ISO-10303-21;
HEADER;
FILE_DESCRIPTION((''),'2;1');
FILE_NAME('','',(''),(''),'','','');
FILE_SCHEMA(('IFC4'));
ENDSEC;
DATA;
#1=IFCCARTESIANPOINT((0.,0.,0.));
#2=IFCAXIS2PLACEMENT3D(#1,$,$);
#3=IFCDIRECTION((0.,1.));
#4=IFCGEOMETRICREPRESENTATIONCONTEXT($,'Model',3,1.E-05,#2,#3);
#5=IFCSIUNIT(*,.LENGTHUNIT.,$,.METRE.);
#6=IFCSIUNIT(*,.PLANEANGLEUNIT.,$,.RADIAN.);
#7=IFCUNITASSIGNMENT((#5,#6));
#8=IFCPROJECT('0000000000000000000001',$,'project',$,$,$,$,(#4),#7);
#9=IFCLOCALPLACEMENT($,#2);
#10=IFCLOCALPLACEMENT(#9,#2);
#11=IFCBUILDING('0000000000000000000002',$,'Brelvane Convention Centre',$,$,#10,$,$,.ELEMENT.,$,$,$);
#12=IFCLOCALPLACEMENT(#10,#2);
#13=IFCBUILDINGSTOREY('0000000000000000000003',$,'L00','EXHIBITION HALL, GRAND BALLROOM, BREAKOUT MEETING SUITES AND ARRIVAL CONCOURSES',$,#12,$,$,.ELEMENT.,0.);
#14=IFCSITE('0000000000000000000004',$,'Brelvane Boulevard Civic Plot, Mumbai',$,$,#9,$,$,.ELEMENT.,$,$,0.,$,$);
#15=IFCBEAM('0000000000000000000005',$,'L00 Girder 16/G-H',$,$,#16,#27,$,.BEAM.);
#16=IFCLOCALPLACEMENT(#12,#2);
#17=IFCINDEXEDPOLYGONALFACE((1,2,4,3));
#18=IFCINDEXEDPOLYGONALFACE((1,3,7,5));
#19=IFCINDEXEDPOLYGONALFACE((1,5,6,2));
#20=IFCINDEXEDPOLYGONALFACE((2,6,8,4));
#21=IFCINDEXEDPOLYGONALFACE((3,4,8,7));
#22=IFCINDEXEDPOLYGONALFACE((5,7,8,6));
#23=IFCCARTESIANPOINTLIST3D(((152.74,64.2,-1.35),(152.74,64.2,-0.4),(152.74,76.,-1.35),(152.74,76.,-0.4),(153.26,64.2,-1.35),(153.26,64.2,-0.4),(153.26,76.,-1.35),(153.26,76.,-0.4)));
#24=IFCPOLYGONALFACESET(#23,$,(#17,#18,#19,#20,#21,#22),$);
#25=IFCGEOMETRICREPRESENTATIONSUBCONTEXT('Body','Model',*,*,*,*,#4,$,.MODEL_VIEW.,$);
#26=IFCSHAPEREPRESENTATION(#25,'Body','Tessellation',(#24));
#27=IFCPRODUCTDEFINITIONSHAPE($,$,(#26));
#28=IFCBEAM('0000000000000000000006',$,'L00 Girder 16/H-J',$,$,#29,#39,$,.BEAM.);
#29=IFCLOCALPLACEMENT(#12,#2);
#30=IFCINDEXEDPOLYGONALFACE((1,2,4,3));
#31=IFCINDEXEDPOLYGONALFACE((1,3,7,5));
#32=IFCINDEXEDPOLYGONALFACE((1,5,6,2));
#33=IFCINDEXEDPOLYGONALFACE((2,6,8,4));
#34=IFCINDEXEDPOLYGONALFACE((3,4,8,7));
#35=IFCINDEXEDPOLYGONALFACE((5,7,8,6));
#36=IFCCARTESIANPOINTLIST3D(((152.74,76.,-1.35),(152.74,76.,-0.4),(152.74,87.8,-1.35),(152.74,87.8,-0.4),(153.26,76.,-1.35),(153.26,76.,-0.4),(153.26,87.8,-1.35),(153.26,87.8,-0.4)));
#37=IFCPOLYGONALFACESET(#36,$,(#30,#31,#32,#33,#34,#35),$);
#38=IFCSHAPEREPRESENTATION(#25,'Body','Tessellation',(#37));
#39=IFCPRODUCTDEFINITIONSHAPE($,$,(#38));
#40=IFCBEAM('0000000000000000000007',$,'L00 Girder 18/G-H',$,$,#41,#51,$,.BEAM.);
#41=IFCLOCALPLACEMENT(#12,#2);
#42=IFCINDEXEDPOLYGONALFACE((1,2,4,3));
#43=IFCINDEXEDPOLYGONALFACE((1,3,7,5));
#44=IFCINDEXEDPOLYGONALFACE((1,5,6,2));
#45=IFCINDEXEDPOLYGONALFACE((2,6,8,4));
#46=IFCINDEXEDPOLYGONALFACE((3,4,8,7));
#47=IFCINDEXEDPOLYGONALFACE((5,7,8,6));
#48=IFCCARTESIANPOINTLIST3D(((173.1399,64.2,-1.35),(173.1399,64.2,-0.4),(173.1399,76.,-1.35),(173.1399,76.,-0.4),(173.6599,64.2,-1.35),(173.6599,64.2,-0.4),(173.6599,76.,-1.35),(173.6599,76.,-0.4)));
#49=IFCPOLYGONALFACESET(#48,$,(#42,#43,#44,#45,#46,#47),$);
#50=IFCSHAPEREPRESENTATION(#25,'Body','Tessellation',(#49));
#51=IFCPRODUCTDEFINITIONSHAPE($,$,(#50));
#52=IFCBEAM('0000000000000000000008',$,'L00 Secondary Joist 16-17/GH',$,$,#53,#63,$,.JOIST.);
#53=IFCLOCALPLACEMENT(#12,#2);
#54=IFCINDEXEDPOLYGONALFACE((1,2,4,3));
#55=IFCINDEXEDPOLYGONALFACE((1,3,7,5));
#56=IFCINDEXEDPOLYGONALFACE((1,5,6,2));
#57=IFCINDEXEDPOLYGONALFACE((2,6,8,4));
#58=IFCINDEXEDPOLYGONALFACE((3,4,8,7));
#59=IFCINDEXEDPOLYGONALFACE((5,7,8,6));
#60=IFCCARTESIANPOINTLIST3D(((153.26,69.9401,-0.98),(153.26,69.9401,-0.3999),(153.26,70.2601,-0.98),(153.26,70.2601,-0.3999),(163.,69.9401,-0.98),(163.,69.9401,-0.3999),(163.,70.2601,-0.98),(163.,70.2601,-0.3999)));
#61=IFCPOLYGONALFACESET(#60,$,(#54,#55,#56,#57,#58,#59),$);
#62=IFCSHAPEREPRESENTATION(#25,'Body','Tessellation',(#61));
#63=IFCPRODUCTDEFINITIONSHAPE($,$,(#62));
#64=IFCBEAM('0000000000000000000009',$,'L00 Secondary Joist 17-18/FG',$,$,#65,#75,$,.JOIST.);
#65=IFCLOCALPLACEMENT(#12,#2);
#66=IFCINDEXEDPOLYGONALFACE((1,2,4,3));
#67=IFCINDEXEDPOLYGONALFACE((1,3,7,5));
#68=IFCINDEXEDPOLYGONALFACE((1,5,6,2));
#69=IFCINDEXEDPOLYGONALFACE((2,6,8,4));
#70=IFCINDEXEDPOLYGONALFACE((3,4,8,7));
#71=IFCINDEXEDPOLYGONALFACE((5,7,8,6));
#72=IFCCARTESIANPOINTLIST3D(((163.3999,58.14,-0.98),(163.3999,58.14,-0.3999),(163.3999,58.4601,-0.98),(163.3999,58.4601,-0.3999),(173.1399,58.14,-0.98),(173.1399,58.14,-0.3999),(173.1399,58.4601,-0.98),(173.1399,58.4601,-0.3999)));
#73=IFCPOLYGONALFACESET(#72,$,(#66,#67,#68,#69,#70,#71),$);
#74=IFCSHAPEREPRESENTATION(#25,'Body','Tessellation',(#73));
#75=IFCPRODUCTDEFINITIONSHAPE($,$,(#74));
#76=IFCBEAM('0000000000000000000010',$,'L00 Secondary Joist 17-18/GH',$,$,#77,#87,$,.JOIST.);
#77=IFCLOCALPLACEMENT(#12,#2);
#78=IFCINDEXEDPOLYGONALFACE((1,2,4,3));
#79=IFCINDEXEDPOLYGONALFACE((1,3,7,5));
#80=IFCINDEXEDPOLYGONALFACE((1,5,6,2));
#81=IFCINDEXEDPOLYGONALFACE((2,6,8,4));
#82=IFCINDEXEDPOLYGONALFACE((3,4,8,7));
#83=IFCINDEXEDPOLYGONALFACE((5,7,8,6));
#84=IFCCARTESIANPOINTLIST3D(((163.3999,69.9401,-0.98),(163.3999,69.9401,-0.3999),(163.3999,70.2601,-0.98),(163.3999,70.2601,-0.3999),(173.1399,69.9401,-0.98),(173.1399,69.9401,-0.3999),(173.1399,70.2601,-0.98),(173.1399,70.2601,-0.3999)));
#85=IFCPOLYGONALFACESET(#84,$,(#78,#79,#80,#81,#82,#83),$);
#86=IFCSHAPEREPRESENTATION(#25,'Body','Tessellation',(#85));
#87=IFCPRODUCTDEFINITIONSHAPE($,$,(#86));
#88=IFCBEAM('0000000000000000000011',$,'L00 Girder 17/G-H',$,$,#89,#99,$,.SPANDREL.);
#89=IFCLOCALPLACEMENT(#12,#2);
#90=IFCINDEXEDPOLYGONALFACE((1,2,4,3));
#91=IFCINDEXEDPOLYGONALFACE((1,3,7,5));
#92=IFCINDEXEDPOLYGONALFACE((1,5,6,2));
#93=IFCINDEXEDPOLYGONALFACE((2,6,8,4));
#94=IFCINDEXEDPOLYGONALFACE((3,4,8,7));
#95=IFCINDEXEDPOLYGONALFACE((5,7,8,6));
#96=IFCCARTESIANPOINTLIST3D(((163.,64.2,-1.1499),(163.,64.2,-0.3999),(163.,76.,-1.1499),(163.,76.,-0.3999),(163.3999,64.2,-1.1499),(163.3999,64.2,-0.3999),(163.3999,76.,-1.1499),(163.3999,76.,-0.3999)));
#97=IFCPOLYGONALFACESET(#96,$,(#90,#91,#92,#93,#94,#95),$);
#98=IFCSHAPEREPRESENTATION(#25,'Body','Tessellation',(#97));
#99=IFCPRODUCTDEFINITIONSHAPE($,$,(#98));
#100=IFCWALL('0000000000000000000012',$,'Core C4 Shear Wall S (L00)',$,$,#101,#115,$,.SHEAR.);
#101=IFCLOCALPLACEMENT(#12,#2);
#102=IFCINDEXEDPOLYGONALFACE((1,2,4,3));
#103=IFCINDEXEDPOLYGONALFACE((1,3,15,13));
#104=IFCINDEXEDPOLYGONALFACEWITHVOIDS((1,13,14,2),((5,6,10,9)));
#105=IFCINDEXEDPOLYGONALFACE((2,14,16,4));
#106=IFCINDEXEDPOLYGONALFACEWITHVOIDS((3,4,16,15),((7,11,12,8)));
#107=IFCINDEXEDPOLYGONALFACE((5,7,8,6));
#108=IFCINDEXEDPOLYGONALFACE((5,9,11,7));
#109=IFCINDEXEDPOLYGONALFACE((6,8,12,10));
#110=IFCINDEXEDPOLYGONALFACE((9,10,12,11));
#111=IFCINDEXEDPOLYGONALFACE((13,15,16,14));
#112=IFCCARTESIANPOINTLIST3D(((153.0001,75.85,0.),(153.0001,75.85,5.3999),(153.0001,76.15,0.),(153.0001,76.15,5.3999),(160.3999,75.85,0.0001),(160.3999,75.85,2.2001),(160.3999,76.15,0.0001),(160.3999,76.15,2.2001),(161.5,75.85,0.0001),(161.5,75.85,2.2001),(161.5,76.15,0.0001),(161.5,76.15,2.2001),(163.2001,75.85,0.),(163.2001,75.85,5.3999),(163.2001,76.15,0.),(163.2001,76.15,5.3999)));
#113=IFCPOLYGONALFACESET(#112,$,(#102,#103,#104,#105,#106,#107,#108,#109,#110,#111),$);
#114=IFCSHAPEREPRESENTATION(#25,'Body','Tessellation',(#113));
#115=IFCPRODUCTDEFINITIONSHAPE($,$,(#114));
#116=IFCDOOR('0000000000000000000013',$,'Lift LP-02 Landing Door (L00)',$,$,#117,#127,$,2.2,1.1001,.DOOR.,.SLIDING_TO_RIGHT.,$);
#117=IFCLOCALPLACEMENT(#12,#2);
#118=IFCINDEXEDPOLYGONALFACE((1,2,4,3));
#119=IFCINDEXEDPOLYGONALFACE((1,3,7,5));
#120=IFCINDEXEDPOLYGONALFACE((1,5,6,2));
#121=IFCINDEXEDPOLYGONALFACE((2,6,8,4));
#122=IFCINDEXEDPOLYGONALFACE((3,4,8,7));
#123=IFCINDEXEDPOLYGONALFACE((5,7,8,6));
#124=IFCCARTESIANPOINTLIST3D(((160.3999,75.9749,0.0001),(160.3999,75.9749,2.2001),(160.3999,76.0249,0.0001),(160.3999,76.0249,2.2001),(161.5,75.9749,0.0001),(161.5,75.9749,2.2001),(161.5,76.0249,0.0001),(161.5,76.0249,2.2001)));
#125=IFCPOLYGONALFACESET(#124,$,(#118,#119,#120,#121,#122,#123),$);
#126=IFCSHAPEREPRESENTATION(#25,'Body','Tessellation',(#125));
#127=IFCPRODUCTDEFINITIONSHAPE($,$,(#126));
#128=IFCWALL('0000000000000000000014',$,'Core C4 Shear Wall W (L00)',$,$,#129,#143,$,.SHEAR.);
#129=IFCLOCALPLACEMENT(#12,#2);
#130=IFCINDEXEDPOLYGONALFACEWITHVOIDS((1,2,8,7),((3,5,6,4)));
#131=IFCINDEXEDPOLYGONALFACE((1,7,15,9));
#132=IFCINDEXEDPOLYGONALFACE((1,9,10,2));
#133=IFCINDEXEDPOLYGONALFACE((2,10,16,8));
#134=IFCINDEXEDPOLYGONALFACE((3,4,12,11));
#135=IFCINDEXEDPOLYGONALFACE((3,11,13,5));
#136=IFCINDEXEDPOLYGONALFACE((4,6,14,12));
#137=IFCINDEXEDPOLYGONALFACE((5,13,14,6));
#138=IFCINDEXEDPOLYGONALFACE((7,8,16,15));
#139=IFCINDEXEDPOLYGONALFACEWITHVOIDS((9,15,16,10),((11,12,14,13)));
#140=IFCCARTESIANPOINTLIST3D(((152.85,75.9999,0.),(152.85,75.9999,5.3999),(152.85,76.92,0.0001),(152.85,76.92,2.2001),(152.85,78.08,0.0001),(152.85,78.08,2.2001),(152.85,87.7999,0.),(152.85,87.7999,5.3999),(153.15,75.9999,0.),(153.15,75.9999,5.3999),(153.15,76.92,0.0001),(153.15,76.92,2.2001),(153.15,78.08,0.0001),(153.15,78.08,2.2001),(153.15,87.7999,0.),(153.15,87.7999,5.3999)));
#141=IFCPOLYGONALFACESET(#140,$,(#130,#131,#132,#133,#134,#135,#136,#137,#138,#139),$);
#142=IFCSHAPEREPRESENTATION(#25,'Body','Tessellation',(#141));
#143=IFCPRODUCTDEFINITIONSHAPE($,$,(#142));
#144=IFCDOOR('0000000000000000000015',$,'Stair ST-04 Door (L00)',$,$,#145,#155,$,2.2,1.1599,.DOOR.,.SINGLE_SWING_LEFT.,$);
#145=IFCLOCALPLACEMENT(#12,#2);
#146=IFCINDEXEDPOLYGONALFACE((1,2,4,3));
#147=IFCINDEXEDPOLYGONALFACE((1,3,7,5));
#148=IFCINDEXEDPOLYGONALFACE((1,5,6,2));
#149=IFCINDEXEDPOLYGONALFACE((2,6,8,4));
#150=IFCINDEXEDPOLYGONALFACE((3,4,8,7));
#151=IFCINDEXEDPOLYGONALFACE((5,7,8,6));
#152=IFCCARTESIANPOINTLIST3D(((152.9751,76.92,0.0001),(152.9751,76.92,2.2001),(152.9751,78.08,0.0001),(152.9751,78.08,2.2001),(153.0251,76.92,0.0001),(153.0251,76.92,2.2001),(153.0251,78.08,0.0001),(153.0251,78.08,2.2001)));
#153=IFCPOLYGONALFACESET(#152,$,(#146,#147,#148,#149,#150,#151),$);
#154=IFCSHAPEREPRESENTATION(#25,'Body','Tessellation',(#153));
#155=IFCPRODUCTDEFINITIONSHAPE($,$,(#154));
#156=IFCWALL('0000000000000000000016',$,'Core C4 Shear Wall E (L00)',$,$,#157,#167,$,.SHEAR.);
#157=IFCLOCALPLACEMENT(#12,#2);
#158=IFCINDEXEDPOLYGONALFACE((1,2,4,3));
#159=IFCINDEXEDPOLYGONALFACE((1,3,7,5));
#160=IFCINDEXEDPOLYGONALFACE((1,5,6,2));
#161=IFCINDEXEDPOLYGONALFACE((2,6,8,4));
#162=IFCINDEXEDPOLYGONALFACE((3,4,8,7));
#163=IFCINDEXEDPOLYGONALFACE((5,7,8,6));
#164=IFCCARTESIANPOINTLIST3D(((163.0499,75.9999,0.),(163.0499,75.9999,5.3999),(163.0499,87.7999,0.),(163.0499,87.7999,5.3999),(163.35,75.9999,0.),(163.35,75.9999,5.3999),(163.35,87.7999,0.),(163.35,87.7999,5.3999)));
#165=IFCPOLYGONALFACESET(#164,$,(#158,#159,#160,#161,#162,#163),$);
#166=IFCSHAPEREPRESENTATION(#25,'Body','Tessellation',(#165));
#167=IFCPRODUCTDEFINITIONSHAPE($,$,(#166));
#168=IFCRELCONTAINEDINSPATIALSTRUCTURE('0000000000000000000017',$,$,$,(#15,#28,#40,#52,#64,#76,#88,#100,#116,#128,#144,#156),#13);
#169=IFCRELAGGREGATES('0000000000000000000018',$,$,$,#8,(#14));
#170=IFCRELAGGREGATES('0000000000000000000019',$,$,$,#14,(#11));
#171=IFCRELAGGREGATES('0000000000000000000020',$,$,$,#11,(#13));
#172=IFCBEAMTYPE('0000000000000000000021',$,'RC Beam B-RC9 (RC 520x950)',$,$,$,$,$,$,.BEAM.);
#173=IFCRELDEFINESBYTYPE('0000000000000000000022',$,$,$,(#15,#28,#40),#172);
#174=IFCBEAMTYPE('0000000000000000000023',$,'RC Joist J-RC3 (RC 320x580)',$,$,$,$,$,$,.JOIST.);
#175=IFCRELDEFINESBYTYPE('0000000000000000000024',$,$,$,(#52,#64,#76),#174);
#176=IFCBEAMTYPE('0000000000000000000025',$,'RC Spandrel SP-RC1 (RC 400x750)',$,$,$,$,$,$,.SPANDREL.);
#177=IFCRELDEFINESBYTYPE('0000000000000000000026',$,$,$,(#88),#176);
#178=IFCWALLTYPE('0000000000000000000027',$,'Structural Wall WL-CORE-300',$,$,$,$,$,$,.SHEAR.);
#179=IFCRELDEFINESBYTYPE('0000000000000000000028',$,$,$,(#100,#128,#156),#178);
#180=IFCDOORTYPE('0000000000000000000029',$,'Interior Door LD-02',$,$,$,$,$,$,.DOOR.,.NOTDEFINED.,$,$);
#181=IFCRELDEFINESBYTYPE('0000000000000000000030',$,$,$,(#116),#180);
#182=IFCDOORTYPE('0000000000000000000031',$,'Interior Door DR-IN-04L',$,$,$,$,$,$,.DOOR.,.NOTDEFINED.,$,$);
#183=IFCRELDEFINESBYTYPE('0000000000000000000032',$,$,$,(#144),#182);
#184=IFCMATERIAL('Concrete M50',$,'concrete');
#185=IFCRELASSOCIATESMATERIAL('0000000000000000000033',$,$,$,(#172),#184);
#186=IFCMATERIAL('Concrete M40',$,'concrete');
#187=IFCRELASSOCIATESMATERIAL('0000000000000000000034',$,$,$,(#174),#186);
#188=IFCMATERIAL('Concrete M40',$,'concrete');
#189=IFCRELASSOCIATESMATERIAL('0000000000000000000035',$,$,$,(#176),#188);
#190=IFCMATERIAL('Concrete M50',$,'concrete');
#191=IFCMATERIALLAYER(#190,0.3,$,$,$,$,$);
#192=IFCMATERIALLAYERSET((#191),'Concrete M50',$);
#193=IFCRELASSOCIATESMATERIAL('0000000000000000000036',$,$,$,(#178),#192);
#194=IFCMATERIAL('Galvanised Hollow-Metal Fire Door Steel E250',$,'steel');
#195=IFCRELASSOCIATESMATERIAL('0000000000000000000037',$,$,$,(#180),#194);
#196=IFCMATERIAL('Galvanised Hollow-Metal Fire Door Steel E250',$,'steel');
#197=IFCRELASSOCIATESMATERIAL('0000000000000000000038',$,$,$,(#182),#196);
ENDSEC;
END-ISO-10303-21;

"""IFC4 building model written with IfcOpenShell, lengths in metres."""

from ifc_helpers import new_model, si_unit, direction, frame, frame_2d, origin, origin_2d, place, context, subcontext, project, spatial, rectangle, extrude, material, layer, layer_set, material_profile, profile_set, type_object, element, fill, save


model = new_model("IFC4")

# Units and contexts
model_context = context("Model", 3, precision=1e-05, world=origin(), true_north=direction((0.0, 1.0)))
body_context = subcontext(model_context, "Body", "Model", "MODEL_VIEW")
ifc_project = project(units=[si_unit("LENGTHUNIT", "METRE"), si_unit("PLANEANGLEUNIT", "RADIAN")], contexts=[model_context])

# Site, building, storey
site_placement = place(None, origin())
site = spatial("IfcSite", under=ifc_project, at=site_placement, Name="Brelvane Boulevard Civic Plot, Mumbai", CompositionType="ELEMENT", RefElevation=0.0)
building_placement = place(site_placement, origin())
building = spatial("IfcBuilding", under=site, at=building_placement, Name="Brelvane Convention Centre", CompositionType="ELEMENT")
storey_placement = place(building_placement, origin())
storey = spatial("IfcBuildingStorey", under=building, at=storey_placement, Name="L00", Description="EXHIBITION HALL, GRAND BALLROOM, BREAKOUT MEETING SUITES AND ARRIVAL CONCOURSES", CompositionType="ELEMENT", Elevation=0.0)

# Beams
ifc_material_1 = material(Name="Concrete M50", Category="concrete")
ifc_material_profile_1 = material_profile(ifc_material_1, rectangle(XDim=0.52, YDim=0.95, at=origin_2d()), Name="RC 520x950")
ifc_profile_set_1 = profile_set([ifc_material_profile_1], Name="Concrete M50")
beam_type_1 = type_object("IfcBeamType", Name="RC Beam B-RC9 (RC 520x950)", PredefinedType="BEAM", material=ifc_profile_set_1)
for number, where, z_axis, x_axis, name in (
    (1, (153.0, 64.2, -0.875), (0.0, 1.0, 0.0), (-1.0, 0.0, 0.0), "L00 Girder 16/G-H"),
    (2, (153.0, 76.0, -0.875), (0.0, 1.0, 0.0), (-1.0, 0.0, 0.0), "L00 Girder 16/H-J"),
    (3, (173.3999, 64.2, -0.875), (0.0, 1.0, 0.0), (-1.0, 0.0, 0.0), "L00 Girder 18/G-H"),
):
    element("IfcBeam", number, at=place(storey_placement, frame(where, z_axis=z_axis, x_axis=x_axis)), inside=storey, type_object=beam_type_1, Name=name, PredefinedType="BEAM", context=body_context, shape_type="SweptSolid", body=[
        extrude(rectangle(XDim=0.52, YDim=0.95, at=origin_2d()), origin(), (0.0, 0.0, 1.0), 11.8),
    ])
ifc_material_2 = material(Name="Concrete M40", Category="concrete")
ifc_material_profile_2 = material_profile(ifc_material_2, rectangle(XDim=0.3201, YDim=0.5801, at=origin_2d()), Name="RC 320x580")
ifc_profile_set_2 = profile_set([ifc_material_profile_2], Name="Concrete M40")
beam_type_2 = type_object("IfcBeamType", Name="RC Joist J-RC3 (RC 320x580)", PredefinedType="JOIST", material=ifc_profile_set_2)
for number, where, z_axis, x_axis, name in (
    (4, (153.26, 70.1001, -0.6899), (1.0, 0.0, 0.0), (0.0, 1.0, 0.0), "L00 Secondary Joist 16-17/GH"),
    (5, (163.3999, 58.3, -0.6899), (1.0, 0.0, 0.0), (0.0, 1.0, 0.0), "L00 Secondary Joist 17-18/FG"),
    (6, (163.3999, 70.1001, -0.6899), (1.0, 0.0, 0.0), (0.0, 1.0, 0.0), "L00 Secondary Joist 17-18/GH"),
):
    element("IfcBeam", number, at=place(storey_placement, frame(where, z_axis=z_axis, x_axis=x_axis)), inside=storey, type_object=beam_type_2, Name=name, PredefinedType="JOIST", context=body_context, shape_type="SweptSolid", body=[
        extrude(rectangle(XDim=0.3201, YDim=0.5801, at=origin_2d()), origin(), (0.0, 0.0, 1.0), 9.74),
    ])
ifc_material_3 = material(Name="Concrete M40", Category="concrete")
ifc_material_profile_3 = material_profile(ifc_material_3, rectangle(XDim=0.3999, YDim=0.75, at=origin_2d()), Name="RC 400x750")
ifc_profile_set_3 = profile_set([ifc_material_profile_3], Name="Concrete M40")
beam_type_3 = type_object("IfcBeamType", Name="RC Spandrel SP-RC1 (RC 400x750)", PredefinedType="SPANDREL", material=ifc_profile_set_3)
beam_1_placement = place(storey_placement, frame((163.2, 64.2, -0.7749), z_axis=(0.0, 1.0, 0.0), x_axis=(-1.0, 0.0, 0.0)))
element("IfcBeam", 7, at=beam_1_placement, inside=storey, type_object=beam_type_3, Name="L00 Girder 17/G-H", PredefinedType="SPANDREL", context=body_context, shape_type="SweptSolid", body=[
    extrude(rectangle(XDim=0.3999, YDim=0.75, at=origin_2d()), origin(), (0.0, 0.0, 1.0), 11.8),
])

# Walls, openings, doors
ifc_material_4 = material(Name="Concrete M50", Category="concrete")
ifc_layer = layer(ifc_material_4, 0.3)
ifc_layer_set = layer_set([ifc_layer], Name="Concrete M50")
wall_type = type_object("IfcWallType", Name="Structural Wall WL-CORE-300", PredefinedType="SHEAR", material=ifc_layer_set)
wall_1_placement = place(storey_placement, frame((153.0, 76.0, 0.0), z_axis=(0.0, 0.0, 1.0), x_axis=(1.0, 0.0, 0.0)))
wall_1 = element("IfcWall", 8, at=wall_1_placement, inside=storey, type_object=wall_type, Name="Core C4 Shear Wall S (L00)", PredefinedType="SHEAR", context=body_context, shape_type="SweptSolid", body=[
    extrude(rectangle(XDim=10.2, YDim=0.3, at=frame_2d((5.1001, 0.0))), origin(), (0.0, 0.0, 1.0), 5.3999),
])
opening_1_placement = place(wall_1_placement, frame((7.3999, 0.0, 0.0)))
opening_1 = element("IfcOpeningElement", 9, at=opening_1_placement, cuts=wall_1, PredefinedType="OPENING", context=body_context, shape_type="SweptSolid", body=[
    extrude(rectangle(XDim=1.1001, YDim=2.2, at=frame_2d((0.55, 1.1001))), frame((0.0, 0.1599, 0.0), z_axis=(0.0, -1.0, 0.0), x_axis=(1.0, 0.0, 0.0)), (0.0, 0.0, 1.0), 0.3201),
])
ifc_material_5 = material(Name="Galvanised Hollow-Metal Fire Door Steel E250", Category="steel")
door_type_1 = type_object("IfcDoorType", Name="Interior Door LD-02", OperationType="NOTDEFINED", PredefinedType="DOOR", material=ifc_material_5)
door_1_placement = place(opening_1_placement, origin())
door_1 = element("IfcDoor", 10, at=door_1_placement, inside=storey, type_object=door_type_1, Name="Lift LP-02 Landing Door (L00)", OperationType="SLIDING_TO_RIGHT", OverallHeight=2.2, OverallWidth=1.1001, PredefinedType="DOOR", context=body_context, shape_type="SweptSolid", body=[
    extrude(rectangle(XDim=1.1001, YDim=2.2, at=frame_2d((0.55, 1.1001))), frame((0.0, 0.0249, 0.0), z_axis=(0.0, -1.0, 0.0), x_axis=(1.0, 0.0, 0.0)), (0.0, 0.0, 1.0), 0.05),
])
fill(opening_1, door_1)
wall_2_placement = place(storey_placement, frame((153.0, 76.0, 0.0), z_axis=(0.0, 0.0, 1.0), x_axis=(0.0, 1.0, 0.0)))
wall_2 = element("IfcWall", 11, at=wall_2_placement, inside=storey, type_object=wall_type, Name="Core C4 Shear Wall W (L00)", PredefinedType="SHEAR", context=body_context, shape_type="SweptSolid", body=[
    extrude(rectangle(XDim=11.8, YDim=0.3, at=frame_2d((5.8999, 0.0))), origin(), (0.0, 0.0, 1.0), 5.3999),
])
opening_2_placement = place(wall_2_placement, frame((0.9199, 0.0, 0.0)))
opening_2 = element("IfcOpeningElement", 12, at=opening_2_placement, cuts=wall_2, PredefinedType="OPENING", context=body_context, shape_type="SweptSolid", body=[
    extrude(rectangle(XDim=1.1599, YDim=2.2, at=frame_2d((0.5801, 1.1001))), frame((0.0, 0.1599, 0.0), z_axis=(0.0, -1.0, 0.0), x_axis=(1.0, 0.0, 0.0)), (0.0, 0.0, 1.0), 0.3201),
])
ifc_material_6 = material(Name="Galvanised Hollow-Metal Fire Door Steel E250", Category="steel")
door_type_2 = type_object("IfcDoorType", Name="Interior Door DR-IN-04L", OperationType="NOTDEFINED", PredefinedType="DOOR", material=ifc_material_6)
door_2_placement = place(opening_2_placement, origin())
door_2 = element("IfcDoor", 13, at=door_2_placement, inside=storey, type_object=door_type_2, Name="Stair ST-04 Door (L00)", OperationType="SINGLE_SWING_LEFT", OverallHeight=2.2, OverallWidth=1.1599, PredefinedType="DOOR", context=body_context, shape_type="SweptSolid", body=[
    extrude(rectangle(XDim=1.1599, YDim=2.2, at=frame_2d((0.5801, 1.1001))), frame((0.0, 0.0249, 0.0), z_axis=(0.0, -1.0, 0.0), x_axis=(1.0, 0.0, 0.0)), (0.0, 0.0, 1.0), 0.05),
])
fill(opening_2, door_2)

# Wall
wall_3_placement = place(storey_placement, frame((163.2, 76.0, 0.0), z_axis=(0.0, 0.0, 1.0), x_axis=(0.0, 1.0, 0.0)))
element("IfcWall", 14, at=wall_3_placement, inside=storey, type_object=wall_type, Name="Core C4 Shear Wall E (L00)", PredefinedType="SHEAR", context=body_context, shape_type="SweptSolid", body=[
    extrude(rectangle(XDim=11.8, YDim=0.3, at=frame_2d((5.8999, 0.0))), origin(), (0.0, 0.0, 1.0), 5.3999),
])

save(model, "model.ifc")
